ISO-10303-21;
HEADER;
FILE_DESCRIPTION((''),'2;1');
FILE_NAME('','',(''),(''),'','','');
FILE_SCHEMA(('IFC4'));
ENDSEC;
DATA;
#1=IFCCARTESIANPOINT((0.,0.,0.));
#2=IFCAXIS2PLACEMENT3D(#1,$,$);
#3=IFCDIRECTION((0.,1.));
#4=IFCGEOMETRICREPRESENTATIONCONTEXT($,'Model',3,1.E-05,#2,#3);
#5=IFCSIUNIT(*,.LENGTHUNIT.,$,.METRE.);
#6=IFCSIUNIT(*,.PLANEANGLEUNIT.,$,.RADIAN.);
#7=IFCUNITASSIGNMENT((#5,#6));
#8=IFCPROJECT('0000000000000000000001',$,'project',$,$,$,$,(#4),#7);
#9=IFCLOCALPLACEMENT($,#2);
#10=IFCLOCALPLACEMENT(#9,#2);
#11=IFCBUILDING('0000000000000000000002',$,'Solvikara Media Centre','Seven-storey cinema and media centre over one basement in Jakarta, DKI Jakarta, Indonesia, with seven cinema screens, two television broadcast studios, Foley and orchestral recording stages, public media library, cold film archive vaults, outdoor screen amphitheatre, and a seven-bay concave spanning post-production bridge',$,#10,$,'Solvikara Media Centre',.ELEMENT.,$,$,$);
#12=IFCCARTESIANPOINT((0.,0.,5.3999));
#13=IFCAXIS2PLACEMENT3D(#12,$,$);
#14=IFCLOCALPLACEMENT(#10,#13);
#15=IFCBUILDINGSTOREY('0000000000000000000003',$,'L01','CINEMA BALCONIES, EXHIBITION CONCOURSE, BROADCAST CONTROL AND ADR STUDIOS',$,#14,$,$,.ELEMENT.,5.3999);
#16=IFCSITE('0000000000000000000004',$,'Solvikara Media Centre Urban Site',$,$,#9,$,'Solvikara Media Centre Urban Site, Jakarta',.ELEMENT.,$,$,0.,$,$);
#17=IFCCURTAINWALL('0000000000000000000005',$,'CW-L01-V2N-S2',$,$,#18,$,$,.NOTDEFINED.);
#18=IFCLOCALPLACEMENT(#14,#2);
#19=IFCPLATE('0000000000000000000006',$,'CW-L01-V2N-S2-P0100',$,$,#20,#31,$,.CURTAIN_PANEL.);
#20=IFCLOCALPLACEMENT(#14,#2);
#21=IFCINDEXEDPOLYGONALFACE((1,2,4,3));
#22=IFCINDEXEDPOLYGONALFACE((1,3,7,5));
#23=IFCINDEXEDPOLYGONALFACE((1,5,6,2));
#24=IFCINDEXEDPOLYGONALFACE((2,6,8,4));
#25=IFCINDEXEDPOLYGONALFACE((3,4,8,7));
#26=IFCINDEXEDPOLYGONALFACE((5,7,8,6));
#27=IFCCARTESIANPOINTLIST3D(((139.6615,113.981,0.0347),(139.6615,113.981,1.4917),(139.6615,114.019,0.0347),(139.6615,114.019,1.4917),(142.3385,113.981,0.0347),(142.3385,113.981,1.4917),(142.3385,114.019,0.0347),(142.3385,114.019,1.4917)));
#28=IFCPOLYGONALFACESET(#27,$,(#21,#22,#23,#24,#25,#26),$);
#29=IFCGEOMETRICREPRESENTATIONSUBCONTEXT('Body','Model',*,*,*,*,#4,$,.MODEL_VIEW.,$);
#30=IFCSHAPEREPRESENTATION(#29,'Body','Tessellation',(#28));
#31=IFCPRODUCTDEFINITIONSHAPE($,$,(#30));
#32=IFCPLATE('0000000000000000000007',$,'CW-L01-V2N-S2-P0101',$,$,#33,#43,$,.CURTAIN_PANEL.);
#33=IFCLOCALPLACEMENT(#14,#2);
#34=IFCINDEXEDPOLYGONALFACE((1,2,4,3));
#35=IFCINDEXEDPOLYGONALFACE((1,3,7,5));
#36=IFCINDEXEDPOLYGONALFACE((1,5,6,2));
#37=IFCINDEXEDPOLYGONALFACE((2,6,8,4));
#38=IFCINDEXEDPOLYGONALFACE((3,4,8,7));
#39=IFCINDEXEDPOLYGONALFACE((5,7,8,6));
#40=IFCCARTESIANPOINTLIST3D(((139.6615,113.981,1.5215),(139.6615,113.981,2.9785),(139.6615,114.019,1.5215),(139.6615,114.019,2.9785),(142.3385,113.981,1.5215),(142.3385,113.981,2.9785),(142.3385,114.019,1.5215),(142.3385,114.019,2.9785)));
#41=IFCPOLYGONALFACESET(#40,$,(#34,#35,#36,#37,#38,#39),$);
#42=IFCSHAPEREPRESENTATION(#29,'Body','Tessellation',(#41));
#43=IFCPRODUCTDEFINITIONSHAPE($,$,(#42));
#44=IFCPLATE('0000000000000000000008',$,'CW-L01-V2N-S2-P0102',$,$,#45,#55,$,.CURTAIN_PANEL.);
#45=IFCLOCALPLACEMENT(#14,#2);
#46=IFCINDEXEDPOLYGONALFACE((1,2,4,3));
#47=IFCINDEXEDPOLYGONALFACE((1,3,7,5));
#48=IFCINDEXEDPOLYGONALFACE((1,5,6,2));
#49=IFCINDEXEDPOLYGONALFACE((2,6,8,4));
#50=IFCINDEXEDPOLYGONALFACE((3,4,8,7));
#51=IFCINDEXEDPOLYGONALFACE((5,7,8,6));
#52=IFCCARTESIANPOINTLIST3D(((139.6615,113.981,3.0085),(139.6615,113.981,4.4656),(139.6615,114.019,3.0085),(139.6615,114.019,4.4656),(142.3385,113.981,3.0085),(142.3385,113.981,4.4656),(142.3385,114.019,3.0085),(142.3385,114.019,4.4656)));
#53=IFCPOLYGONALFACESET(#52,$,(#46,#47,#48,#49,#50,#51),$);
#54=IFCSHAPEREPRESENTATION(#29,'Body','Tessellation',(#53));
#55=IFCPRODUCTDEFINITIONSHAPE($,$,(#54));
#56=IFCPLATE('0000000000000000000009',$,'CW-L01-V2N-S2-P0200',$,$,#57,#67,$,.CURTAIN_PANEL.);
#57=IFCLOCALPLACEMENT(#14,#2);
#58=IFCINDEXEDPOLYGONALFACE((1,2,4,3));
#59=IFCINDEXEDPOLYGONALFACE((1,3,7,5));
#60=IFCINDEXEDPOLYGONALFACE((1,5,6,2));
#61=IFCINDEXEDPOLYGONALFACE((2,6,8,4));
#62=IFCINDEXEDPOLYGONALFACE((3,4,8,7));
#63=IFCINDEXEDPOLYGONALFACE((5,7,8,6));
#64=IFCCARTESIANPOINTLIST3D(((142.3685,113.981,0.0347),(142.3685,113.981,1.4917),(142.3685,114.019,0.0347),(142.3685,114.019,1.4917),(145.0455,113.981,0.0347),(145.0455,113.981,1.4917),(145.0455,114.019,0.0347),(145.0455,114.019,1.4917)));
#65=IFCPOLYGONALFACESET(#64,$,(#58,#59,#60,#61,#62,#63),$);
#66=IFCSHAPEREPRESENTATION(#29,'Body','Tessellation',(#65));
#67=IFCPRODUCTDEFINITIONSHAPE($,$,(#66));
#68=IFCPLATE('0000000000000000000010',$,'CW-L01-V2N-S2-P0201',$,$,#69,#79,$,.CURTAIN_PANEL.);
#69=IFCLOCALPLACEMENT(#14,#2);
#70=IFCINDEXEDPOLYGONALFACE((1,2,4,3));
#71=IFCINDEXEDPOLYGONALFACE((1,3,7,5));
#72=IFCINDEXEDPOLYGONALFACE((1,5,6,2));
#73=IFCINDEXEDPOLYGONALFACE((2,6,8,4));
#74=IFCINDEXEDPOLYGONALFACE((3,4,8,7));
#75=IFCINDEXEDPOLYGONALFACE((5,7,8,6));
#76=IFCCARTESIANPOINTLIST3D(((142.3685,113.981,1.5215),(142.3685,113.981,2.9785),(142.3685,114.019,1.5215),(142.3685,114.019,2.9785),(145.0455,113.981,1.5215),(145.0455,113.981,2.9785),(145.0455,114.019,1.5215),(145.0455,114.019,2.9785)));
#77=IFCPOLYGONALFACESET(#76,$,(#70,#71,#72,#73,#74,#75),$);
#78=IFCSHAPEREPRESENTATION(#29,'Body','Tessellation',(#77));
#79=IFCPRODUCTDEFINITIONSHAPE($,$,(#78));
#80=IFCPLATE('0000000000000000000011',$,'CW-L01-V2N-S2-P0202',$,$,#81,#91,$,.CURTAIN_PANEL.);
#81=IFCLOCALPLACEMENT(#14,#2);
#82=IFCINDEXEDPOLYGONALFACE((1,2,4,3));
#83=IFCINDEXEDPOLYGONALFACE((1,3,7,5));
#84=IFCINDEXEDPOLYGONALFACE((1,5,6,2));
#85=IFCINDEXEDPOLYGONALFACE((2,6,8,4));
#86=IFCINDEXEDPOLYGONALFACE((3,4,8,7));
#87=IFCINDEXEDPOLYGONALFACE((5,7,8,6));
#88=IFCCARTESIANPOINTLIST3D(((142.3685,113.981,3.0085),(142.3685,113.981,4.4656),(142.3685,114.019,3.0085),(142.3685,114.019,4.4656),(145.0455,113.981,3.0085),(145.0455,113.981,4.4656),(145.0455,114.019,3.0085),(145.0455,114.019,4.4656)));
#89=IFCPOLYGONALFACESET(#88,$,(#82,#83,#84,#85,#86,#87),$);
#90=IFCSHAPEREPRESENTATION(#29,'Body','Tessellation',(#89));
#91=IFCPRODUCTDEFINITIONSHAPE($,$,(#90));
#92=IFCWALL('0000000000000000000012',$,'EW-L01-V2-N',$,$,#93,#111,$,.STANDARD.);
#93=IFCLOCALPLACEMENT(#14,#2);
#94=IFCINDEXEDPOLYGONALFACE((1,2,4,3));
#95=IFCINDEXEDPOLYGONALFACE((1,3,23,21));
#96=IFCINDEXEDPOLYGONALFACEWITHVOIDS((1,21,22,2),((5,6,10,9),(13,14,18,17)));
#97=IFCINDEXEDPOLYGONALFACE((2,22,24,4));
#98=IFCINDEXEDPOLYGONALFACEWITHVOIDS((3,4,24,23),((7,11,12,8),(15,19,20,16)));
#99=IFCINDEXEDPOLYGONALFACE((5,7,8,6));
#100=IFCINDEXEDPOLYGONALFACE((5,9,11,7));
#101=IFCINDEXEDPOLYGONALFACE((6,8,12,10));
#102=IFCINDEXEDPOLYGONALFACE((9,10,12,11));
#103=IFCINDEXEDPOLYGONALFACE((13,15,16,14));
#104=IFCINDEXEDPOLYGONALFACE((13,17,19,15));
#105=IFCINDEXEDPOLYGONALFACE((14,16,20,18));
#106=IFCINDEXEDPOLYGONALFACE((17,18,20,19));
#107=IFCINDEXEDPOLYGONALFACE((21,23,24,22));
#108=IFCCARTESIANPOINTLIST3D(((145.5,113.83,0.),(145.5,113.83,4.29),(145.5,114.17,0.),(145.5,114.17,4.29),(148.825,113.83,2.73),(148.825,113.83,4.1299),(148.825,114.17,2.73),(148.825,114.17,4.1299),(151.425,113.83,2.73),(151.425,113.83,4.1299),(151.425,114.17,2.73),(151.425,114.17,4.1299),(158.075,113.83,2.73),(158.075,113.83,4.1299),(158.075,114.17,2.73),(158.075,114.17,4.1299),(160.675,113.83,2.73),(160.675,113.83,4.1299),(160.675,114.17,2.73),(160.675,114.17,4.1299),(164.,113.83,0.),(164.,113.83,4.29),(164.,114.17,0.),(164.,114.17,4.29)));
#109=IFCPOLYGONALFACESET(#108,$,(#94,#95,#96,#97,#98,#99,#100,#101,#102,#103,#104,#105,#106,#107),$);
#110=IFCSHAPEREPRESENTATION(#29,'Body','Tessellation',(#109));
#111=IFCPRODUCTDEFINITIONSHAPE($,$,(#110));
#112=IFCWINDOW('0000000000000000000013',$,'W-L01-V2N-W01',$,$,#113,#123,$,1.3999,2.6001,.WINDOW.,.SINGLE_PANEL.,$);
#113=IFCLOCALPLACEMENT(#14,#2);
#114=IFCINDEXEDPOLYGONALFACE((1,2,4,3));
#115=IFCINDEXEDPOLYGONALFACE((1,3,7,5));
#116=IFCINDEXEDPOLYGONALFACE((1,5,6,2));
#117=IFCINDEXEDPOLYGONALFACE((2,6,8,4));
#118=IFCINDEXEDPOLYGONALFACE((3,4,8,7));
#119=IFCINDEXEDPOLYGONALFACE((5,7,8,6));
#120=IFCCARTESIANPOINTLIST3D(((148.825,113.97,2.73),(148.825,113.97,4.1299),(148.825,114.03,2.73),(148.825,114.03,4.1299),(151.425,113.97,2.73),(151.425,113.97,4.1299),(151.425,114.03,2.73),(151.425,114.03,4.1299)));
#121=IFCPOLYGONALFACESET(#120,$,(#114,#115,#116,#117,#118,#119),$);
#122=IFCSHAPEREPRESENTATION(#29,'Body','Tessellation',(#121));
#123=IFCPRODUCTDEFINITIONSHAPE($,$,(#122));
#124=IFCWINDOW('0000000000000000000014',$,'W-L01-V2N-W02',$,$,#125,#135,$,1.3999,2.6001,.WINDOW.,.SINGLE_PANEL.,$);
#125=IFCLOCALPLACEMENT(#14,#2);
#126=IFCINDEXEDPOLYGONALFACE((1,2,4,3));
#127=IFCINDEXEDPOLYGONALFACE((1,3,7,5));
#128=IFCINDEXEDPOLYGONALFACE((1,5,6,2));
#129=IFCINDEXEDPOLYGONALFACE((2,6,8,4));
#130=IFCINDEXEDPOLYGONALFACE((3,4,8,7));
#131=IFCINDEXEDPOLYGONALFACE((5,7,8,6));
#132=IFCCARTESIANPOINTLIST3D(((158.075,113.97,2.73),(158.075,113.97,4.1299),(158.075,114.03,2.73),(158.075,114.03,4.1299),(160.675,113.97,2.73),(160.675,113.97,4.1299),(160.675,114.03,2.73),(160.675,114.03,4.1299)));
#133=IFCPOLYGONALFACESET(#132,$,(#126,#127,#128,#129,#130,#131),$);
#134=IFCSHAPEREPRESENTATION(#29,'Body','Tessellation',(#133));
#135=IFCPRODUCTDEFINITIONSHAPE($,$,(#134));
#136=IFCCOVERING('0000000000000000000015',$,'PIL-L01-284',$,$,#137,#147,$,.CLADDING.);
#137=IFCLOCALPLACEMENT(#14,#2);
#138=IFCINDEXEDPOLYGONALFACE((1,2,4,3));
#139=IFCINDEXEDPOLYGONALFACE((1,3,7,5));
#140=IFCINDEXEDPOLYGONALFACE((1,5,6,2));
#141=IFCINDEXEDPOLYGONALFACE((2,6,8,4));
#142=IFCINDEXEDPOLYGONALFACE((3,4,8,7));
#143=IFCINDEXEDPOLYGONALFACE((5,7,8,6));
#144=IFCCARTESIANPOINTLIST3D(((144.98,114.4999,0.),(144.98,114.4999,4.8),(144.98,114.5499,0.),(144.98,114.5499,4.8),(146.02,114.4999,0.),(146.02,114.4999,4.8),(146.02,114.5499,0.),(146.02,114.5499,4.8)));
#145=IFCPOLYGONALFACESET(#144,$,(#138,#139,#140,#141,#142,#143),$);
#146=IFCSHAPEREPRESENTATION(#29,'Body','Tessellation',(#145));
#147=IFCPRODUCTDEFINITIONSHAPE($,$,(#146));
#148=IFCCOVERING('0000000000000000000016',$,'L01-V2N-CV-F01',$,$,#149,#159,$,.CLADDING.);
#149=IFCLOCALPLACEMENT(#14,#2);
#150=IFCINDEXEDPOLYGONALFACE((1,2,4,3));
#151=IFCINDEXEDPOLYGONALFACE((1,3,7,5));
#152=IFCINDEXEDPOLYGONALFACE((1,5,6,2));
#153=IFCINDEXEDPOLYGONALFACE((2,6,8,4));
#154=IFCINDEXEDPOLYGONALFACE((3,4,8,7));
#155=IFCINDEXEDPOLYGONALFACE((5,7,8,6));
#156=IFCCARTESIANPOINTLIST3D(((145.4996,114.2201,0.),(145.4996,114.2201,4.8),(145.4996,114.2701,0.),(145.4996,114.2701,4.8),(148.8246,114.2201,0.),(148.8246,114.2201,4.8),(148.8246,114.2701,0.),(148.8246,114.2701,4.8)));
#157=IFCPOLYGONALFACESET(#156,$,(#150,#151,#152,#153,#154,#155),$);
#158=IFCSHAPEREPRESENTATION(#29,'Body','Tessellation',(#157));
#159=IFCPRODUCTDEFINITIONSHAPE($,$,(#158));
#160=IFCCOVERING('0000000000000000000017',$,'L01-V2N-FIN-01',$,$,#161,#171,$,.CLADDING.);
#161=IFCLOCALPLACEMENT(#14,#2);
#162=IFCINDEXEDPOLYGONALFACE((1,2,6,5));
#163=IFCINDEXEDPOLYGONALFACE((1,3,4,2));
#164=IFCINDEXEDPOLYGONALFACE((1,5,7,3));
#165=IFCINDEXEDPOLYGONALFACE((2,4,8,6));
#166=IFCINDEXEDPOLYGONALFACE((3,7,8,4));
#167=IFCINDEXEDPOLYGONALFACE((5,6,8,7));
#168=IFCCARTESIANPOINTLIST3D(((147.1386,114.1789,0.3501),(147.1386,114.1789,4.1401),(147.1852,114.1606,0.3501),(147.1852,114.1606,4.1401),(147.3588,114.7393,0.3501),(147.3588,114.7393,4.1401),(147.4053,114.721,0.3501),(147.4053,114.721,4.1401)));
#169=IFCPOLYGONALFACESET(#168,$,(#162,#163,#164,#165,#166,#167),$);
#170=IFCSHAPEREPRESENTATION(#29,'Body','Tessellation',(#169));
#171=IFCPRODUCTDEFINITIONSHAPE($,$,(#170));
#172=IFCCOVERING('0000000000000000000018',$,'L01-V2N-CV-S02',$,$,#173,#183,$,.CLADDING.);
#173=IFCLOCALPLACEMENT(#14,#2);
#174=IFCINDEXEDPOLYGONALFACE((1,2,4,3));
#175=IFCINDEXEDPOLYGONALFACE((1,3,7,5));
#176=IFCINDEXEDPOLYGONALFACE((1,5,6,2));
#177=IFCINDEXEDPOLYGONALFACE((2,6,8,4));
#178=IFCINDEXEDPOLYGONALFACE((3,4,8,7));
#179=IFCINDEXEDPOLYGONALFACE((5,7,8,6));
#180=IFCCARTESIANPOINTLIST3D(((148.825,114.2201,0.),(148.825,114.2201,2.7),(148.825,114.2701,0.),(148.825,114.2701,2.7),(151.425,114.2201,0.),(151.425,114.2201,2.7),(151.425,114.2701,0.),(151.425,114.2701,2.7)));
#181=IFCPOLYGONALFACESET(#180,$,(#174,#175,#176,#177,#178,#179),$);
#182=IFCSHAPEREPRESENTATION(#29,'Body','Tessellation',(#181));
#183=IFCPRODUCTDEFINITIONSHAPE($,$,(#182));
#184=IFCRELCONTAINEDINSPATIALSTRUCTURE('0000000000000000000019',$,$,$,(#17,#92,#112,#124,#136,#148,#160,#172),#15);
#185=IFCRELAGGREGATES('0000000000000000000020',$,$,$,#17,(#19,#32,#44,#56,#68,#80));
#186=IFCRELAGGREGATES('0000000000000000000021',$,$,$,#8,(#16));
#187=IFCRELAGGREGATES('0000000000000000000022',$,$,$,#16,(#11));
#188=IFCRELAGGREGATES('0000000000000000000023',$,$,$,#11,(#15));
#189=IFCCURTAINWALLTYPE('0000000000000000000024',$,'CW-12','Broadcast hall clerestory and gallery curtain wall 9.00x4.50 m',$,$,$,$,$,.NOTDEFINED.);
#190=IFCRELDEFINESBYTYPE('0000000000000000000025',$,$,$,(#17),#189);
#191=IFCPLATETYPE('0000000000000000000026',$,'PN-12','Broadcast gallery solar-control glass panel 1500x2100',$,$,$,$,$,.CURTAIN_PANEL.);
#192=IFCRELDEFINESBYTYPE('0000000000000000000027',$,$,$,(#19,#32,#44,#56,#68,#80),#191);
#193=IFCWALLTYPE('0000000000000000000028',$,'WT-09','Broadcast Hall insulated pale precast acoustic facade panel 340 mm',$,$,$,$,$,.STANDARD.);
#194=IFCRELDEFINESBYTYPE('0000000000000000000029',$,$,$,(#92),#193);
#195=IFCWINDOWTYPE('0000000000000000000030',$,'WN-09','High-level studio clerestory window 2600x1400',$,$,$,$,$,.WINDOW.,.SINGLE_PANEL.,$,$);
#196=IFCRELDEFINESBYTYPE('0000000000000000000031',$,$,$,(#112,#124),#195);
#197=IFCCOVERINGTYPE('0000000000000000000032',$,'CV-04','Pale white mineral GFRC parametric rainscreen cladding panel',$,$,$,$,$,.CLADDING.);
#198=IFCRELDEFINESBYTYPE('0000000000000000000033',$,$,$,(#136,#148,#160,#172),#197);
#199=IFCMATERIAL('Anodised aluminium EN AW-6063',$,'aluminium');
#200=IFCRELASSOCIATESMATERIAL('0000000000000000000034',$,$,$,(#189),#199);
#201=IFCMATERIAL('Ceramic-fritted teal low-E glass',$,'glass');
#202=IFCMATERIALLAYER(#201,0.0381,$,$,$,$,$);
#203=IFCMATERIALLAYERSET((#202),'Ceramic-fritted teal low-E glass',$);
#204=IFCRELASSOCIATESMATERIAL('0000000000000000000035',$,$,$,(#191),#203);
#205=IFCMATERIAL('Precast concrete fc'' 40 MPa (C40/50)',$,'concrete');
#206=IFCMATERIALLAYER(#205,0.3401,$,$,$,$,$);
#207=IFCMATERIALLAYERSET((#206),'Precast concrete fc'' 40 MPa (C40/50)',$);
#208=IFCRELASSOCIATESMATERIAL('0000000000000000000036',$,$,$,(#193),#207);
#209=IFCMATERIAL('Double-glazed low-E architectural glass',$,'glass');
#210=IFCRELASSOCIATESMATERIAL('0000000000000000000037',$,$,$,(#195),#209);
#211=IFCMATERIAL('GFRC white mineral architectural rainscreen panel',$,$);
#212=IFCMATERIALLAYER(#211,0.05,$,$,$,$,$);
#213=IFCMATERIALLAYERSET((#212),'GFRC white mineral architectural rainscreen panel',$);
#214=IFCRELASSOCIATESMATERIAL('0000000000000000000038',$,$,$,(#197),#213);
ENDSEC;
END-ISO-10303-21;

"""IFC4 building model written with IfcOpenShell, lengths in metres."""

from ifc_helpers import new_model, si_unit, direction, frame, frame_2d, origin, origin_2d, place, context, subcontext, project, spatial, rectangle, extrude, material, layer, layer_set, type_object, element, fill, aggregate, save


model = new_model("IFC4")

# Units and contexts
model_context = context("Model", 3, precision=1e-05, world=origin(), true_north=direction((0.0, 1.0)))
body_context = subcontext(model_context, "Body", "Model", "MODEL_VIEW")
ifc_project = project(units=[si_unit("LENGTHUNIT", "METRE"), si_unit("PLANEANGLEUNIT", "RADIAN")], contexts=[model_context])

# Site, building, storey
site_placement = place(None, origin())
site = spatial("IfcSite", under=ifc_project, at=site_placement, Name="Solvikara Media Centre Urban Site", LongName="Solvikara Media Centre Urban Site, Jakarta", CompositionType="ELEMENT", RefElevation=0.0)
building_placement = place(site_placement, origin())
building = spatial("IfcBuilding", under=site, at=building_placement, Name="Solvikara Media Centre", Description="Seven-storey cinema and media centre over one basement in Jakarta, DKI Jakarta, Indonesia, with seven cinema screens, two television broadcast studios, Foley and orchestral recording stages, public media library, cold film archive vaults, outdoor screen amphitheatre, and a seven-bay concave spanning post-production bridge", LongName="Solvikara Media Centre", CompositionType="ELEMENT")
storey_placement = place(building_placement, frame((0.0, 0.0, 5.3999)))
storey = spatial("IfcBuildingStorey", under=building, at=storey_placement, Name="L01", Description="CINEMA BALCONIES, EXHIBITION CONCOURSE, BROADCAST CONTROL AND ADR STUDIOS", CompositionType="ELEMENT", Elevation=5.3999)

# Curtain wall, plates
ifc_material_1 = material(Name="Anodised aluminium EN AW-6063", Category="aluminium")
curtain_wall_type = type_object("IfcCurtainWallType", Name="CW-12", Description="Broadcast hall clerestory and gallery curtain wall 9.00x4.50 m", PredefinedType="NOTDEFINED", material=ifc_material_1)
curtain_wall_placement = place(storey_placement, origin())
curtain_wall = element("IfcCurtainWall", 1, at=curtain_wall_placement, inside=storey, type_object=curtain_wall_type, Name="CW-L01-V2N-S2", PredefinedType="NOTDEFINED")
ifc_material_2 = material(Name="Ceramic-fritted teal low-E glass", Category="glass")
ifc_layer_1 = layer(ifc_material_2, 0.0381)
ifc_layer_set_1 = layer_set([ifc_layer_1], Name="Ceramic-fritted teal low-E glass")
plate_type = type_object("IfcPlateType", Name="PN-12", Description="Broadcast gallery solar-control glass panel 1500x2100", PredefinedType="CURTAIN_PANEL", material=ifc_layer_set_1)
plate_1_placement = place(storey_placement, frame((141.0, 114.0, 0.0347), z_axis=(0.0, 0.0, 1.0), x_axis=(1.0, 0.0, 0.0)))
plate_1 = element("IfcPlate", 2, at=plate_1_placement, type_object=plate_type, Name="CW-L01-V2N-S2-P0100", PredefinedType="CURTAIN_PANEL", context=body_context, shape_type="SweptSolid", body=[
    extrude(rectangle(XDim=2.677, YDim=0.0381, at=origin_2d()), origin(), (0.0, 0.0, 1.0), 1.457),
])
plate_2_placement = place(storey_placement, frame((141.0, 114.0, 1.5215), z_axis=(0.0, 0.0, 1.0), x_axis=(1.0, 0.0, 0.0)))
plate_2 = element("IfcPlate", 3, at=plate_2_placement, type_object=plate_type, Name="CW-L01-V2N-S2-P0101", PredefinedType="CURTAIN_PANEL", context=body_context, shape_type="SweptSolid", body=[
    extrude(rectangle(XDim=2.677, YDim=0.0381, at=origin_2d()), origin(), (0.0, 0.0, 1.0), 1.457),
])
plate_3_placement = place(storey_placement, frame((141.0, 114.0, 3.0085), z_axis=(0.0, 0.0, 1.0), x_axis=(1.0, 0.0, 0.0)))
plate_3 = element("IfcPlate", 4, at=plate_3_placement, type_object=plate_type, Name="CW-L01-V2N-S2-P0102", PredefinedType="CURTAIN_PANEL", context=body_context, shape_type="SweptSolid", body=[
    extrude(rectangle(XDim=2.677, YDim=0.0381, at=origin_2d()), origin(), (0.0, 0.0, 1.0), 1.457),
])
plate_4_placement = place(storey_placement, frame((143.707, 114.0, 0.0347), z_axis=(0.0, 0.0, 1.0), x_axis=(1.0, 0.0, 0.0)))
plate_4 = element("IfcPlate", 5, at=plate_4_placement, type_object=plate_type, Name="CW-L01-V2N-S2-P0200", PredefinedType="CURTAIN_PANEL", context=body_context, shape_type="SweptSolid", body=[
    extrude(rectangle(XDim=2.677, YDim=0.0381, at=origin_2d()), origin(), (0.0, 0.0, 1.0), 1.457),
])
plate_5_placement = place(storey_placement, frame((143.707, 114.0, 1.5215), z_axis=(0.0, 0.0, 1.0), x_axis=(1.0, 0.0, 0.0)))
plate_5 = element("IfcPlate", 6, at=plate_5_placement, type_object=plate_type, Name="CW-L01-V2N-S2-P0201", PredefinedType="CURTAIN_PANEL", context=body_context, shape_type="SweptSolid", body=[
    extrude(rectangle(XDim=2.677, YDim=0.0381, at=origin_2d()), origin(), (0.0, 0.0, 1.0), 1.457),
])
plate_6_placement = place(storey_placement, frame((143.707, 114.0, 3.0085), z_axis=(0.0, 0.0, 1.0), x_axis=(1.0, 0.0, 0.0)))
plate_6 = element("IfcPlate", 7, at=plate_6_placement, type_object=plate_type, Name="CW-L01-V2N-S2-P0202", PredefinedType="CURTAIN_PANEL", context=body_context, shape_type="SweptSolid", body=[
    extrude(rectangle(XDim=2.677, YDim=0.0381, at=origin_2d()), origin(), (0.0, 0.0, 1.0), 1.457),
])
aggregate(curtain_wall, [plate_1, plate_2, plate_3, plate_4, plate_5, plate_6])

# Wall, openings, windows
ifc_material_3 = material(Name="Precast concrete fc' 40 MPa (C40/50)", Category="concrete")
ifc_layer_2 = layer(ifc_material_3, 0.3401)
ifc_layer_set_2 = layer_set([ifc_layer_2], Name="Precast concrete fc' 40 MPa (C40/50)")
wall_type = type_object("IfcWallType", Name="WT-09", Description="Broadcast Hall insulated pale precast acoustic facade panel 340 mm", PredefinedType="STANDARD", material=ifc_layer_set_2)
wall_placement = place(storey_placement, frame((145.5, 114.0, 0.0), z_axis=(0.0, 0.0, 1.0), x_axis=(1.0, 0.0, 0.0)))
wall = element("IfcWall", 8, at=wall_placement, inside=storey, type_object=wall_type, Name="EW-L01-V2-N", PredefinedType="STANDARD", context=body_context, shape_type="SweptSolid", body=[
    extrude(rectangle(XDim=18.5, YDim=0.3401, at=frame_2d((9.25, 0.0))), origin(), (0.0, 0.0, 1.0), 4.29),
])
opening_1_placement = place(wall_placement, frame((3.325, 0.0, 2.73)))
opening_1 = element("IfcOpeningElement", 9, at=opening_1_placement, cuts=wall, PredefinedType="OPENING", context=body_context, shape_type="SweptSolid", body=[
    extrude(rectangle(XDim=2.6001, YDim=1.3999, at=frame_2d((1.3, 0.7))), frame((0.0, 0.1821, 0.0), z_axis=(0.0, -1.0, 0.0), x_axis=(1.0, 0.0, 0.0)), (0.0, 0.0, 1.0), 0.364),
])
opening_2_placement = place(wall_placement, frame((12.575, 0.0, 2.73)))
opening_2 = element("IfcOpeningElement", 10, at=opening_2_placement, cuts=wall, PredefinedType="OPENING", context=body_context, shape_type="SweptSolid", body=[
    extrude(rectangle(XDim=2.6001, YDim=1.3999, at=frame_2d((1.3, 0.7))), frame((0.0, 0.1821, 0.0), z_axis=(0.0, -1.0, 0.0), x_axis=(1.0, 0.0, 0.0)), (0.0, 0.0, 1.0), 0.364),
])
ifc_material_4 = material(Name="Double-glazed low-E architectural glass", Category="glass")
window_type = type_object("IfcWindowType", Name="WN-09", Description="High-level studio clerestory window 2600x1400", PartitioningType="SINGLE_PANEL", PredefinedType="WINDOW", material=ifc_material_4)
window_1_placement = place(opening_1_placement, origin())
window_1 = element("IfcWindow", 11, at=window_1_placement, inside=storey, type_object=window_type, Name="W-L01-V2N-W01", OverallHeight=1.3999, OverallWidth=2.6001, PartitioningType="SINGLE_PANEL", PredefinedType="WINDOW", context=body_context, shape_type="SweptSolid", body=[
    extrude(rectangle(XDim=2.6001, YDim=1.3999, at=frame_2d((1.3, 0.7))), frame((0.0, 0.03, 0.0), z_axis=(0.0, -1.0, 0.0), x_axis=(1.0, 0.0, 0.0)), (0.0, 0.0, 1.0), 0.0601),
])
fill(opening_1, window_1)
window_2_placement = place(opening_2_placement, origin())
window_2 = element("IfcWindow", 12, at=window_2_placement, inside=storey, type_object=window_type, Name="W-L01-V2N-W02", OverallHeight=1.3999, OverallWidth=2.6001, PartitioningType="SINGLE_PANEL", PredefinedType="WINDOW", context=body_context, shape_type="SweptSolid", body=[
    extrude(rectangle(XDim=2.6001, YDim=1.3999, at=frame_2d((1.3, 0.7))), frame((0.0, 0.03, 0.0), z_axis=(0.0, -1.0, 0.0), x_axis=(1.0, 0.0, 0.0)), (0.0, 0.0, 1.0), 0.0601),
])
fill(opening_2, window_2)

# Coverings
ifc_material_5 = material(Name="GFRC white mineral architectural rainscreen panel")
ifc_layer_3 = layer(ifc_material_5, 0.05)
ifc_layer_set_3 = layer_set([ifc_layer_3], Name="GFRC white mineral architectural rainscreen panel")
covering_type = type_object("IfcCoveringType", Name="CV-04", Description="Pale white mineral GFRC parametric rainscreen cladding panel", PredefinedType="CLADDING", material=ifc_layer_set_3)
covering_1_placement = place(storey_placement, frame((145.5, 114.5249, 0.0), z_axis=(0.0, 0.0, 1.0), x_axis=(-1.0, 0.0, 0.0)))
element("IfcCovering", 13, at=covering_1_placement, inside=storey, type_object=covering_type, Name="PIL-L01-284", PredefinedType="CLADDING", context=body_context, shape_type="SweptSolid", body=[
    extrude(rectangle(XDim=1.04, YDim=0.05, at=origin_2d()), origin(), (0.0, 0.0, 1.0), 4.8),
])
covering_2_placement = place(storey_placement, frame((147.1621, 114.2451, 0.0), z_axis=(0.0, 0.0, 1.0), x_axis=(1.0, 0.0, 0.0)))
element("IfcCovering", 14, at=covering_2_placement, inside=storey, type_object=covering_type, Name="L01-V2N-CV-F01", PredefinedType="CLADDING", context=body_context, shape_type="SweptSolid", body=[
    extrude(rectangle(XDim=3.325, YDim=0.05, at=origin_2d()), origin(), (0.0, 0.0, 1.0), 4.8),
])
covering_3_placement = place(storey_placement, frame((147.272, 114.45, 0.3501), z_axis=(0.0, 0.0, 1.0), x_axis=(0.365657, 0.93075, 0.0)))
element("IfcCovering", 15, at=covering_3_placement, inside=storey, type_object=covering_type, Name="L01-V2N-FIN-01", PredefinedType="CLADDING", context=body_context, shape_type="SweptSolid", body=[
    extrude(rectangle(XDim=0.6021, YDim=0.05, at=origin_2d()), origin(), (0.0, 0.0, 1.0), 3.79),
])
covering_4_placement = place(storey_placement, frame((150.125, 114.2451, 0.0), z_axis=(0.0, 0.0, 1.0), x_axis=(1.0, 0.0, 0.0)))
element("IfcCovering", 16, at=covering_4_placement, inside=storey, type_object=covering_type, Name="L01-V2N-CV-S02", PredefinedType="CLADDING", context=body_context, shape_type="SweptSolid", body=[
    extrude(rectangle(XDim=2.6001, YDim=0.05, at=origin_2d()), origin(), (0.0, 0.0, 1.0), 2.7),
])

save(model, "model.ifc")
